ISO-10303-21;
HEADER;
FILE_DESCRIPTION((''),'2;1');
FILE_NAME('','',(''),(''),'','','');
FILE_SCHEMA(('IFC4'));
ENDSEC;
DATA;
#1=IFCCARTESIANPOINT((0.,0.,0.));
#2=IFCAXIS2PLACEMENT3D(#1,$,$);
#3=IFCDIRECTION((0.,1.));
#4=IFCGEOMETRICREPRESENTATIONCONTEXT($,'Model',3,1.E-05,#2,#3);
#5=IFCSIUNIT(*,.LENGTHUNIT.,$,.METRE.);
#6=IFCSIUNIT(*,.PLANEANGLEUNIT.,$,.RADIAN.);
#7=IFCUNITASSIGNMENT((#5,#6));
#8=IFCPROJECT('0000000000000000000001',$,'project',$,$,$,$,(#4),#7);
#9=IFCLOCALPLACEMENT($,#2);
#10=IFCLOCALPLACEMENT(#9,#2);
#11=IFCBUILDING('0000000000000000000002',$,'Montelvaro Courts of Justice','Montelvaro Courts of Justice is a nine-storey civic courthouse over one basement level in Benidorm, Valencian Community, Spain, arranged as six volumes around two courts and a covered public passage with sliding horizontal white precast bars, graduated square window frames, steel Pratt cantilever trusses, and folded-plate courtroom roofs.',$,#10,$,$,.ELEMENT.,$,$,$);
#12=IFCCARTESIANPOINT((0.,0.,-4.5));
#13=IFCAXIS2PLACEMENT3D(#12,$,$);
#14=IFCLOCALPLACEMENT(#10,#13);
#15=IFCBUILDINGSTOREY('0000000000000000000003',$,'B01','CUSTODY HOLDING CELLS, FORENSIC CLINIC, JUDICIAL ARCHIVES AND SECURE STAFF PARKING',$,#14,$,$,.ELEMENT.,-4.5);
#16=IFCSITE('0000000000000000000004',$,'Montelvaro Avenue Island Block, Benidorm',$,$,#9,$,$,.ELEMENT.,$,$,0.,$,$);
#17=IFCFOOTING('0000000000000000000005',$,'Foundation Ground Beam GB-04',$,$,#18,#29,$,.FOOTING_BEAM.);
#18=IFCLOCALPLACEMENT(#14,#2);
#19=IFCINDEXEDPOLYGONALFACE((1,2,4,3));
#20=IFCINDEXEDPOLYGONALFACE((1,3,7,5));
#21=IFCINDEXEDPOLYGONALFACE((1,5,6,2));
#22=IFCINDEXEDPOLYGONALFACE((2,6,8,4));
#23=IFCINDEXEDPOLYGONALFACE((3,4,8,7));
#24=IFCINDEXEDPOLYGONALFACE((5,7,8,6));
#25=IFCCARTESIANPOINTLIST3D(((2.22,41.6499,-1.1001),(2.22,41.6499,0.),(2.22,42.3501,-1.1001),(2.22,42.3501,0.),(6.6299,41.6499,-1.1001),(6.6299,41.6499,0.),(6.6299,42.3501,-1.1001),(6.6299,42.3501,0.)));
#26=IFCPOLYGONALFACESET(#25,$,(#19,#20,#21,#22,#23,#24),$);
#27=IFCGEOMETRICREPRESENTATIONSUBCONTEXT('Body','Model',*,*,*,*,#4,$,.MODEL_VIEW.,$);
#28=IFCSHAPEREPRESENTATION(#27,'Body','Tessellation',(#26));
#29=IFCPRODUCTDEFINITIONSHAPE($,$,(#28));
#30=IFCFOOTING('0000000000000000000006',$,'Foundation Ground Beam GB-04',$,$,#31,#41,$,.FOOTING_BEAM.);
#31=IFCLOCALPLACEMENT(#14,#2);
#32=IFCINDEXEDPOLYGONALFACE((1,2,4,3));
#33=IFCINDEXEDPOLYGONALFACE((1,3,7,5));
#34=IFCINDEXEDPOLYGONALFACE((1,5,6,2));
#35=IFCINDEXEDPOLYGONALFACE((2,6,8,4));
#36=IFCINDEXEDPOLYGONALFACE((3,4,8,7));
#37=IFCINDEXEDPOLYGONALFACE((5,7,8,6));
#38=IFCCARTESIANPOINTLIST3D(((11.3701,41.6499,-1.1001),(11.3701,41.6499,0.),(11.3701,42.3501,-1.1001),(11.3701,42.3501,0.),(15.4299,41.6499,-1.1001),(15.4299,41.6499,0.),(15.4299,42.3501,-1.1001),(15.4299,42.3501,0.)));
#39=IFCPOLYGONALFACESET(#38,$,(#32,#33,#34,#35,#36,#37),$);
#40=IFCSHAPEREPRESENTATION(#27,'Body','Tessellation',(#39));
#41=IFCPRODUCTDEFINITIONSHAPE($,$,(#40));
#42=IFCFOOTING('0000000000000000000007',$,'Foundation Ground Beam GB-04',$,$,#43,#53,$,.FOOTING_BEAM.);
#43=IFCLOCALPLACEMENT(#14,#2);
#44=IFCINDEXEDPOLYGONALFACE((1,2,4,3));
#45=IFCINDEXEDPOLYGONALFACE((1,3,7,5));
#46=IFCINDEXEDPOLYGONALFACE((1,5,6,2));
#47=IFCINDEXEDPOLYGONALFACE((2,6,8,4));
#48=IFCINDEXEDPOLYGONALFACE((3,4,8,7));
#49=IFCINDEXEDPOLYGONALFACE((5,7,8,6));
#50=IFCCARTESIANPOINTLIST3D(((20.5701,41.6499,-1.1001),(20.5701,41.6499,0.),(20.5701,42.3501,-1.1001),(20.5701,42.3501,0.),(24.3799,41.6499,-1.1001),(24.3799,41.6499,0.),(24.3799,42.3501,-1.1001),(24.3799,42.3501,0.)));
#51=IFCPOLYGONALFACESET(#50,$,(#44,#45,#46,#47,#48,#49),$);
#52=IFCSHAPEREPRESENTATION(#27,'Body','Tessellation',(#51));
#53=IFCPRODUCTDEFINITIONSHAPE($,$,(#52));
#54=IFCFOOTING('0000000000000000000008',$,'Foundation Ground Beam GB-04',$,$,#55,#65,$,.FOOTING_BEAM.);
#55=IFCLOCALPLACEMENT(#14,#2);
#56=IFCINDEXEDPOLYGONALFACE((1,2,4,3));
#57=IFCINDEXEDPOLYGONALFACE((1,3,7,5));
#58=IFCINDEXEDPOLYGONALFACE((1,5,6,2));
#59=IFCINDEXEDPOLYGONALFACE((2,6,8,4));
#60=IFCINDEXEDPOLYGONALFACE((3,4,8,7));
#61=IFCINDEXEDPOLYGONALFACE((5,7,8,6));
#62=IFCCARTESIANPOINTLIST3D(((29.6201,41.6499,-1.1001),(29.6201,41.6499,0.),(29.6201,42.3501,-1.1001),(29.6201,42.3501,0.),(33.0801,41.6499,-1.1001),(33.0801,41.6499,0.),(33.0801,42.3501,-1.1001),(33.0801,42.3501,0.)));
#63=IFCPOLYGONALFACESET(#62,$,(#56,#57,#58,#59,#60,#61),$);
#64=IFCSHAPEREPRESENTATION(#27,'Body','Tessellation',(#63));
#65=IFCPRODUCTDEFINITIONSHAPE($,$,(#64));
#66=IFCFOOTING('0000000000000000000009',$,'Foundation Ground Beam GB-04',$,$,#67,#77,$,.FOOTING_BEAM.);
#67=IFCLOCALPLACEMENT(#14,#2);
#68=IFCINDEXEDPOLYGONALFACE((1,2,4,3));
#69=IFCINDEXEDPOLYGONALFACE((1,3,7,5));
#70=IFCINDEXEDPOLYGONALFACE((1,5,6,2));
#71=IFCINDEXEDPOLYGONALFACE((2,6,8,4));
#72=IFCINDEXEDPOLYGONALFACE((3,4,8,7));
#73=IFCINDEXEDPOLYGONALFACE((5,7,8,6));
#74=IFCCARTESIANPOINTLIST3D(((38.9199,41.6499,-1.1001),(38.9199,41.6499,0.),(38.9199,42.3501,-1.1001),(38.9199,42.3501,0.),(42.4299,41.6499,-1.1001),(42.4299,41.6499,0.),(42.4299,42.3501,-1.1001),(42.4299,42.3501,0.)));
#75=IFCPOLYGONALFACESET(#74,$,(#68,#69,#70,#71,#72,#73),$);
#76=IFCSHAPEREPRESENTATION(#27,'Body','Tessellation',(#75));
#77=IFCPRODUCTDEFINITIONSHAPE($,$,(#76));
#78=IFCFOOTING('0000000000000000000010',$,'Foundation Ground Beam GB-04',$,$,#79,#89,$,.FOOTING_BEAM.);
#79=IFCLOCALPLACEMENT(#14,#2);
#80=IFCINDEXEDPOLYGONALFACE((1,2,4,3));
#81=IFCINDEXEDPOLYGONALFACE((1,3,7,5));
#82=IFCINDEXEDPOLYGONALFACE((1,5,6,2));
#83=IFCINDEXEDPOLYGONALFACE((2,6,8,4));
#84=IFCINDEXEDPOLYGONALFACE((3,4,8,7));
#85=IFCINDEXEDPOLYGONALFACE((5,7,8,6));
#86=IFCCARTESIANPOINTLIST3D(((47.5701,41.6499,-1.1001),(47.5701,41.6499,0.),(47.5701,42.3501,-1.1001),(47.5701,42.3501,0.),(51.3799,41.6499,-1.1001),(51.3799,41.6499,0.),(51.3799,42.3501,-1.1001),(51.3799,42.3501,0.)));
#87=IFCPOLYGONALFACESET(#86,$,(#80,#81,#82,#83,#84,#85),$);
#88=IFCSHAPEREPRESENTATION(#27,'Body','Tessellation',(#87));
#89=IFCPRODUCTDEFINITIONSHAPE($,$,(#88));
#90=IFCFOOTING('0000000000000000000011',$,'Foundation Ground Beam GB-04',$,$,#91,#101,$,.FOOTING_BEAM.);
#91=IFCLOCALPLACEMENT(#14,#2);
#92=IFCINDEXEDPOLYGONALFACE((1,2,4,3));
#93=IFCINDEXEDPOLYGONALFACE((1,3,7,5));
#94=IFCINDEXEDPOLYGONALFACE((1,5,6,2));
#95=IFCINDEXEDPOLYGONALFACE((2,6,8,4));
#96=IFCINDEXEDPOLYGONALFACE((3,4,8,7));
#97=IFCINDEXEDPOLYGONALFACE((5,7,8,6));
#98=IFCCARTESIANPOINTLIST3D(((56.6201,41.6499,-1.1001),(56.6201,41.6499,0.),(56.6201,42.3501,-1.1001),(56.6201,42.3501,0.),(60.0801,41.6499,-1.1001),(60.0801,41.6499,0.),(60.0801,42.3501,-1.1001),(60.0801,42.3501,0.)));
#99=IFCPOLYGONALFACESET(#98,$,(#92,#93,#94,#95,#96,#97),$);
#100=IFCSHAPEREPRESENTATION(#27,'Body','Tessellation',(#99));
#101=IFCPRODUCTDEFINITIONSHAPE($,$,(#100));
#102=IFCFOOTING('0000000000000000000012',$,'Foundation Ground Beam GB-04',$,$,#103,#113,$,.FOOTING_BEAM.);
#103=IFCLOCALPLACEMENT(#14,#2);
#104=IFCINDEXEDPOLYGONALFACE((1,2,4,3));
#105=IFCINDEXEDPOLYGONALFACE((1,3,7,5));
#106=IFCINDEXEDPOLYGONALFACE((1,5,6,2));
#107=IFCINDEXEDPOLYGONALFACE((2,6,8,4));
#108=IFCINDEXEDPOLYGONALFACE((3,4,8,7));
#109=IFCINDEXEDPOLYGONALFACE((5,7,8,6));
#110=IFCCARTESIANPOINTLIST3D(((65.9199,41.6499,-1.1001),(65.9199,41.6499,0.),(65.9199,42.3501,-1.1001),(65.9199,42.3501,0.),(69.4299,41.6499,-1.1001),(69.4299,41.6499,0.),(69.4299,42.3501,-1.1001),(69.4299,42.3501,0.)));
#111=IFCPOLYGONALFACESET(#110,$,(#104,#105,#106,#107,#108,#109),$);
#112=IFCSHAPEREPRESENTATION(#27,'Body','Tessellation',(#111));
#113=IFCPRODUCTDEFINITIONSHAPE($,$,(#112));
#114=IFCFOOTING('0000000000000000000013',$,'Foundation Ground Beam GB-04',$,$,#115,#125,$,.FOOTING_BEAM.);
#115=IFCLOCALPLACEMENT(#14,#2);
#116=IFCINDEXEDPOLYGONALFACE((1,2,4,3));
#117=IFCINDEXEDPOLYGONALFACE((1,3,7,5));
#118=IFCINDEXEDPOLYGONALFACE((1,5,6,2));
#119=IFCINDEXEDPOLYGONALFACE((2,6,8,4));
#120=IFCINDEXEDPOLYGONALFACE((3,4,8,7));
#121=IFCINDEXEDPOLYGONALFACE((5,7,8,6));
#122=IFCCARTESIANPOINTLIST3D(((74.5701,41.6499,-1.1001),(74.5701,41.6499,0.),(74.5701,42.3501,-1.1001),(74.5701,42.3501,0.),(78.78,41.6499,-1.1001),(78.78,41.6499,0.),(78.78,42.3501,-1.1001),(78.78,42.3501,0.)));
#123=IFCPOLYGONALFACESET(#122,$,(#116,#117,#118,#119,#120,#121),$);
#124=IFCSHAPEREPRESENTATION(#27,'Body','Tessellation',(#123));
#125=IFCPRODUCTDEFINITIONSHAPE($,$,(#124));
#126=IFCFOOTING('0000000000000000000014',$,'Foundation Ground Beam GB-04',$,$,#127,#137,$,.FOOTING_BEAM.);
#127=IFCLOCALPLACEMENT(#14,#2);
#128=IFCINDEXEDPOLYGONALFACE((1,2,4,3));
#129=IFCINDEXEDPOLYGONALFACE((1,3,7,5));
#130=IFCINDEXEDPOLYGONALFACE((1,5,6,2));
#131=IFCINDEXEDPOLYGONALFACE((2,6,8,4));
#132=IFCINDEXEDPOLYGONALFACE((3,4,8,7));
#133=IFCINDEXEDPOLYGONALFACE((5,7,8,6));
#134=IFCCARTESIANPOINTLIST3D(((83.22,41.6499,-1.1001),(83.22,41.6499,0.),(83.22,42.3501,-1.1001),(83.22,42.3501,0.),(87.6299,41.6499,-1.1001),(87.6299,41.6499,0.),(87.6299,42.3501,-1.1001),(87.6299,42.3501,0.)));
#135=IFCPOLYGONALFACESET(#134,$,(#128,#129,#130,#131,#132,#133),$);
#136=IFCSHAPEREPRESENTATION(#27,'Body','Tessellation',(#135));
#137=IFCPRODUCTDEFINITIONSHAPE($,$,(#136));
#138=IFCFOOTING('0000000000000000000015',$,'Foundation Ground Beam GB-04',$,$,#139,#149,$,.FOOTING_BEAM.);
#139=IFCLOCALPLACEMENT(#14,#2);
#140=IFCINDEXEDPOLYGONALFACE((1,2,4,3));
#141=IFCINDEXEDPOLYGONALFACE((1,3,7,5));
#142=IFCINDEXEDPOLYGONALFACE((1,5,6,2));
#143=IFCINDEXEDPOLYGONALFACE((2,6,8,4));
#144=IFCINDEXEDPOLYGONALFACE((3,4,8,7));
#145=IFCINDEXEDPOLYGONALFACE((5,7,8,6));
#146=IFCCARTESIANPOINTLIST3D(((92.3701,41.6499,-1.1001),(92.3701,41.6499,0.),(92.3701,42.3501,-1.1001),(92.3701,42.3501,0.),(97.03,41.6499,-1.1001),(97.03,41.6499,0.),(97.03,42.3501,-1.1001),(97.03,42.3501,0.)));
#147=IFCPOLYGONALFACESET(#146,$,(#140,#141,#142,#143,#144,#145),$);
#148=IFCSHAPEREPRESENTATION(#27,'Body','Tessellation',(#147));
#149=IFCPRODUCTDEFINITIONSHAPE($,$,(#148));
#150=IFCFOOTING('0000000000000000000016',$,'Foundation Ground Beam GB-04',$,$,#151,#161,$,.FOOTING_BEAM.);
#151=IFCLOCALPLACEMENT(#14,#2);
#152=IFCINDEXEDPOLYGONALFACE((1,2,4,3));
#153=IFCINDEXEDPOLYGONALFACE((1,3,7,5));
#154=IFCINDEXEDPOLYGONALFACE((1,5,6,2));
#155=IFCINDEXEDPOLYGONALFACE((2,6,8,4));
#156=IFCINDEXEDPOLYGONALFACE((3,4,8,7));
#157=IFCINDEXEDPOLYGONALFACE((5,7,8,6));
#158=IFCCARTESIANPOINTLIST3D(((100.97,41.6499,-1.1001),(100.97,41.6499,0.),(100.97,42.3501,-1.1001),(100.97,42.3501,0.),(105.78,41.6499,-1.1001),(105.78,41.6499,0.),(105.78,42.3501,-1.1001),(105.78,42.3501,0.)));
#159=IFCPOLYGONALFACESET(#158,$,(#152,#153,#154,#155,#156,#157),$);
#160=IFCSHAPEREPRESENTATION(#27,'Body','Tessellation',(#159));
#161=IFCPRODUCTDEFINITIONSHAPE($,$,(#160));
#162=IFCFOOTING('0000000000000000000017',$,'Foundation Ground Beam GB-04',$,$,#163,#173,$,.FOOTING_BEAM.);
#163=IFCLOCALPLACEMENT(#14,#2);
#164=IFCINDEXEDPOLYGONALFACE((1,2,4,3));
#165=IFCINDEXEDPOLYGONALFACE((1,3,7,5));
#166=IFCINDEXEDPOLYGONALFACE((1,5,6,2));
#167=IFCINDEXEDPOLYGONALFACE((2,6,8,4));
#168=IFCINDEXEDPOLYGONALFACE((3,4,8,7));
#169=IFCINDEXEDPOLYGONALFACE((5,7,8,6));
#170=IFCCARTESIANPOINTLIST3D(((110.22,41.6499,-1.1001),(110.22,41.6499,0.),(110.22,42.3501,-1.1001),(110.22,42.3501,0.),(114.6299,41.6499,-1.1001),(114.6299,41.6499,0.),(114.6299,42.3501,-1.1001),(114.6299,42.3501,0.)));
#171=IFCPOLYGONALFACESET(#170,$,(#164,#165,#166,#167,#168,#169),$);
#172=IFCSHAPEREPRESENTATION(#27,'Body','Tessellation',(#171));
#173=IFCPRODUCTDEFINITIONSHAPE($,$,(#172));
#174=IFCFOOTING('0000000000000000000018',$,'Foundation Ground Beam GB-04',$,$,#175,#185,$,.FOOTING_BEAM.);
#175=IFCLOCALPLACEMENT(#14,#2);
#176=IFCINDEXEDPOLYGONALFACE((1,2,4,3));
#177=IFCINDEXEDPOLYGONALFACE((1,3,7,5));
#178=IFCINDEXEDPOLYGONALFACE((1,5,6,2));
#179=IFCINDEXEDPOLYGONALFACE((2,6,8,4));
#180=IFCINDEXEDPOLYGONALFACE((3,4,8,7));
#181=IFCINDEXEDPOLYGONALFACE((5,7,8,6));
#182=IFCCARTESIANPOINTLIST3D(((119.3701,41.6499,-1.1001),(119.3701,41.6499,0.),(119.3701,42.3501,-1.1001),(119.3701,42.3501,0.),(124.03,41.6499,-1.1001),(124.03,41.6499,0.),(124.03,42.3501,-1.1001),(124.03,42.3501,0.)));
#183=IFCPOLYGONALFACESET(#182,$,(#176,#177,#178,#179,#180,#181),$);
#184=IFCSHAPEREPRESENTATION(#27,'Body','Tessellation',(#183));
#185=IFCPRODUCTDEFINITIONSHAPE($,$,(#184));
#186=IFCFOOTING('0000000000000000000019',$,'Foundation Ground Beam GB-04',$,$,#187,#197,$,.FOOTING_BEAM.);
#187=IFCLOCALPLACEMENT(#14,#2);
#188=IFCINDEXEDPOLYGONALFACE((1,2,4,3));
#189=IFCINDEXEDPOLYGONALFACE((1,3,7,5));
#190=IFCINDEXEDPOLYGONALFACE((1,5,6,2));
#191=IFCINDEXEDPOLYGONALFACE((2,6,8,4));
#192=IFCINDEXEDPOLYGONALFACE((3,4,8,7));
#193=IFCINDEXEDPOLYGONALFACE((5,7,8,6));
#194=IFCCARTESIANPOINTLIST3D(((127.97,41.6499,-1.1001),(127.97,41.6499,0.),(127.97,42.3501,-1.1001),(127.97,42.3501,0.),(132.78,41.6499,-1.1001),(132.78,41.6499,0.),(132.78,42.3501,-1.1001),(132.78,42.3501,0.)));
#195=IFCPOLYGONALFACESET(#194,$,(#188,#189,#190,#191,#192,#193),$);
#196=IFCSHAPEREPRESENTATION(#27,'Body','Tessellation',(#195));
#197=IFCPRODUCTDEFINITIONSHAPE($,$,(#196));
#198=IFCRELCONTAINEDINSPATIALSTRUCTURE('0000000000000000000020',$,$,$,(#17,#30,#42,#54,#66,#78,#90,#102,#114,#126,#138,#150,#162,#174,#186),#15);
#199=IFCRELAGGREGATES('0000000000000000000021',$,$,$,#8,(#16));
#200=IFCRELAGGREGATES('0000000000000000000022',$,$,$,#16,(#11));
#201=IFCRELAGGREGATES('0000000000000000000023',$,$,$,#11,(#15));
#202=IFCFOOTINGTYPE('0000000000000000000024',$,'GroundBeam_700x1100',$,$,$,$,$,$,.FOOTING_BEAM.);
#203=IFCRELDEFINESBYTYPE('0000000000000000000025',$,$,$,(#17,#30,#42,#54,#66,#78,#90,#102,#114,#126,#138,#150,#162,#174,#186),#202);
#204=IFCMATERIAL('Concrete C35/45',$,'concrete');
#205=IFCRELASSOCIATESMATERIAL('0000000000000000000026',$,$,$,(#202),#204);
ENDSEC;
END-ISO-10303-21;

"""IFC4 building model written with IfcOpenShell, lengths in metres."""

from ifc_helpers import new_model, si_unit, direction, frame, origin, place, context, subcontext, project, spatial, polyline, outline, extrude, material, type_object, element, save


model = new_model("IFC4")

# Units and contexts
model_context = context("Model", 3, precision=1e-05, world=origin(), true_north=direction((0.0, 1.0)))
body_context = subcontext(model_context, "Body", "Model", "MODEL_VIEW")
ifc_project = project(units=[si_unit("LENGTHUNIT", "METRE"), si_unit("PLANEANGLEUNIT", "RADIAN")], contexts=[model_context])

# Site, building, storey
site_placement = place(None, origin())
site = spatial("IfcSite", under=ifc_project, at=site_placement, Name="Montelvaro Avenue Island Block, Benidorm", CompositionType="ELEMENT", RefElevation=0.0)
building_placement = place(site_placement, origin())
building = spatial("IfcBuilding", under=site, at=building_placement, Name="Montelvaro Courts of Justice", Description="Montelvaro Courts of Justice is a nine-storey civic courthouse over one basement level in Benidorm, Valencian Community, Spain, arranged as six volumes around two courts and a covered public passage with sliding horizontal white precast bars, graduated square window frames, steel Pratt cantilever trusses, and folded-plate courtroom roofs.", CompositionType="ELEMENT")
storey_placement = place(building_placement, frame((0.0, 0.0, -4.5)))
storey = spatial("IfcBuildingStorey", under=building, at=storey_placement, Name="B01", Description="CUSTODY HOLDING CELLS, FORENSIC CLINIC, JUDICIAL ARCHIVES AND SECURE STAFF PARKING", CompositionType="ELEMENT", Elevation=-4.5)

# Footings
ifc_material = material(Name="Concrete C35/45", Category="concrete")
footing_type = type_object("IfcFootingType", Name="GroundBeam_700x1100", PredefinedType="FOOTING_BEAM", material=ifc_material)
footing_1_placement = place(storey_placement, frame((0.0, 0.0, -1.1001)))
element("IfcFooting", 1, at=footing_1_placement, inside=storey, type_object=footing_type, Name="Foundation Ground Beam GB-04", PredefinedType="FOOTING_BEAM", context=body_context, shape_type="SweptSolid", body=[
    extrude(outline(polyline([(2.22, 41.6499), (6.6299, 41.6499), (6.6299, 42.3501), (2.22, 42.3501), (2.22, 41.6499)])), origin(), (0.0, 0.0, 1.0), 1.1001),
])
footing_2_placement = place(storey_placement, frame((0.0, 0.0, -1.1001)))
element("IfcFooting", 2, at=footing_2_placement, inside=storey, type_object=footing_type, Name="Foundation Ground Beam GB-04", PredefinedType="FOOTING_BEAM", context=body_context, shape_type="SweptSolid", body=[
    extrude(outline(polyline([(11.3701, 41.6499), (15.4299, 41.6499), (15.4299, 42.3501), (11.3701, 42.3501), (11.3701, 41.6499)])), origin(), (0.0, 0.0, 1.0), 1.1001),
])
footing_3_placement = place(storey_placement, frame((0.0, 0.0, -1.1001)))
element("IfcFooting", 3, at=footing_3_placement, inside=storey, type_object=footing_type, Name="Foundation Ground Beam GB-04", PredefinedType="FOOTING_BEAM", context=body_context, shape_type="SweptSolid", body=[
    extrude(outline(polyline([(20.5701, 41.6499), (24.3799, 41.6499), (24.3799, 42.3501), (20.5701, 42.3501), (20.5701, 41.6499)])), origin(), (0.0, 0.0, 1.0), 1.1001),
])
footing_4_placement = place(storey_placement, frame((0.0, 0.0, -1.1001)))
element("IfcFooting", 4, at=footing_4_placement, inside=storey, type_object=footing_type, Name="Foundation Ground Beam GB-04", PredefinedType="FOOTING_BEAM", context=body_context, shape_type="SweptSolid", body=[
    extrude(outline(polyline([(29.6201, 41.6499), (33.0801, 41.6499), (33.0801, 42.3501), (29.6201, 42.3501), (29.6201, 41.6499)])), origin(), (0.0, 0.0, 1.0), 1.1001),
])
footing_5_placement = place(storey_placement, frame((0.0, 0.0, -1.1001)))
element("IfcFooting", 5, at=footing_5_placement, inside=storey, type_object=footing_type, Name="Foundation Ground Beam GB-04", PredefinedType="FOOTING_BEAM", context=body_context, shape_type="SweptSolid", body=[
    extrude(outline(polyline([(38.9199, 41.6499), (42.4299, 41.6499), (42.4299, 42.3501), (38.9199, 42.3501), (38.9199, 41.6499)])), origin(), (0.0, 0.0, 1.0), 1.1001),
])
footing_6_placement = place(storey_placement, frame((0.0, 0.0, -1.1001)))
element("IfcFooting", 6, at=footing_6_placement, inside=storey, type_object=footing_type, Name="Foundation Ground Beam GB-04", PredefinedType="FOOTING_BEAM", context=body_context, shape_type="SweptSolid", body=[
    extrude(outline(polyline([(47.5701, 41.6499), (51.3799, 41.6499), (51.3799, 42.3501), (47.5701, 42.3501), (47.5701, 41.6499)])), origin(), (0.0, 0.0, 1.0), 1.1001),
])
footing_7_placement = place(storey_placement, frame((0.0, 0.0, -1.1001)))
element("IfcFooting", 7, at=footing_7_placement, inside=storey, type_object=footing_type, Name="Foundation Ground Beam GB-04", PredefinedType="FOOTING_BEAM", context=body_context, shape_type="SweptSolid", body=[
    extrude(outline(polyline([(56.6201, 41.6499), (60.0801, 41.6499), (60.0801, 42.3501), (56.6201, 42.3501), (56.6201, 41.6499)])), origin(), (0.0, 0.0, 1.0), 1.1001),
])
footing_8_placement = place(storey_placement, frame((0.0, 0.0, -1.1001)))
element("IfcFooting", 8, at=footing_8_placement, inside=storey, type_object=footing_type, Name="Foundation Ground Beam GB-04", PredefinedType="FOOTING_BEAM", context=body_context, shape_type="SweptSolid", body=[
    extrude(outline(polyline([(65.9199, 41.6499), (69.4299, 41.6499), (69.4299, 42.3501), (65.9199, 42.3501), (65.9199, 41.6499)])), origin(), (0.0, 0.0, 1.0), 1.1001),
])
footing_9_placement = place(storey_placement, frame((0.0, 0.0, -1.1001)))
element("IfcFooting", 9, at=footing_9_placement, inside=storey, type_object=footing_type, Name="Foundation Ground Beam GB-04", PredefinedType="FOOTING_BEAM", context=body_context, shape_type="SweptSolid", body=[
    extrude(outline(polyline([(74.5701, 41.6499), (78.78, 41.6499), (78.78, 42.3501), (74.5701, 42.3501), (74.5701, 41.6499)])), origin(), (0.0, 0.0, 1.0), 1.1001),
])
footing_10_placement = place(storey_placement, frame((0.0, 0.0, -1.1001)))
element("IfcFooting", 10, at=footing_10_placement, inside=storey, type_object=footing_type, Name="Foundation Ground Beam GB-04", PredefinedType="FOOTING_BEAM", context=body_context, shape_type="SweptSolid", body=[
    extrude(outline(polyline([(83.22, 41.6499), (87.6299, 41.6499), (87.6299, 42.3501), (83.22, 42.3501), (83.22, 41.6499)])), origin(), (0.0, 0.0, 1.0), 1.1001),
])
footing_11_placement = place(storey_placement, frame((0.0, 0.0, -1.1001)))
element("IfcFooting", 11, at=footing_11_placement, inside=storey, type_object=footing_type, Name="Foundation Ground Beam GB-04", PredefinedType="FOOTING_BEAM", context=body_context, shape_type="SweptSolid", body=[
    extrude(outline(polyline([(92.3701, 41.6499), (97.03, 41.6499), (97.03, 42.3501), (92.3701, 42.3501), (92.3701, 41.6499)])), origin(), (0.0, 0.0, 1.0), 1.1001),
])
footing_12_placement = place(storey_placement, frame((0.0, 0.0, -1.1001)))
element("IfcFooting", 12, at=footing_12_placement, inside=storey, type_object=footing_type, Name="Foundation Ground Beam GB-04", PredefinedType="FOOTING_BEAM", context=body_context, shape_type="SweptSolid", body=[
    extrude(outline(polyline([(100.97, 41.6499), (105.78, 41.6499), (105.78, 42.3501), (100.97, 42.3501), (100.97, 41.6499)])), origin(), (0.0, 0.0, 1.0), 1.1001),
])
footing_13_placement = place(storey_placement, frame((0.0, 0.0, -1.1001)))
element("IfcFooting", 13, at=footing_13_placement, inside=storey, type_object=footing_type, Name="Foundation Ground Beam GB-04", PredefinedType="FOOTING_BEAM", context=body_context, shape_type="SweptSolid", body=[
    extrude(outline(polyline([(110.22, 41.6499), (114.6299, 41.6499), (114.6299, 42.3501), (110.22, 42.3501), (110.22, 41.6499)])), origin(), (0.0, 0.0, 1.0), 1.1001),
])
footing_14_placement = place(storey_placement, frame((0.0, 0.0, -1.1001)))
element("IfcFooting", 14, at=footing_14_placement, inside=storey, type_object=footing_type, Name="Foundation Ground Beam GB-04", PredefinedType="FOOTING_BEAM", context=body_context, shape_type="SweptSolid", body=[
    extrude(outline(polyline([(119.3701, 41.6499), (124.03, 41.6499), (124.03, 42.3501), (119.3701, 42.3501), (119.3701, 41.6499)])), origin(), (0.0, 0.0, 1.0), 1.1001),
])
footing_15_placement = place(storey_placement, frame((0.0, 0.0, -1.1001)))
element("IfcFooting", 15, at=footing_15_placement, inside=storey, type_object=footing_type, Name="Foundation Ground Beam GB-04", PredefinedType="FOOTING_BEAM", context=body_context, shape_type="SweptSolid", body=[
    extrude(outline(polyline([(127.97, 41.6499), (132.78, 41.6499), (132.78, 42.3501), (127.97, 42.3501), (127.97, 41.6499)])), origin(), (0.0, 0.0, 1.0), 1.1001),
])

save(model, "model.ifc")
